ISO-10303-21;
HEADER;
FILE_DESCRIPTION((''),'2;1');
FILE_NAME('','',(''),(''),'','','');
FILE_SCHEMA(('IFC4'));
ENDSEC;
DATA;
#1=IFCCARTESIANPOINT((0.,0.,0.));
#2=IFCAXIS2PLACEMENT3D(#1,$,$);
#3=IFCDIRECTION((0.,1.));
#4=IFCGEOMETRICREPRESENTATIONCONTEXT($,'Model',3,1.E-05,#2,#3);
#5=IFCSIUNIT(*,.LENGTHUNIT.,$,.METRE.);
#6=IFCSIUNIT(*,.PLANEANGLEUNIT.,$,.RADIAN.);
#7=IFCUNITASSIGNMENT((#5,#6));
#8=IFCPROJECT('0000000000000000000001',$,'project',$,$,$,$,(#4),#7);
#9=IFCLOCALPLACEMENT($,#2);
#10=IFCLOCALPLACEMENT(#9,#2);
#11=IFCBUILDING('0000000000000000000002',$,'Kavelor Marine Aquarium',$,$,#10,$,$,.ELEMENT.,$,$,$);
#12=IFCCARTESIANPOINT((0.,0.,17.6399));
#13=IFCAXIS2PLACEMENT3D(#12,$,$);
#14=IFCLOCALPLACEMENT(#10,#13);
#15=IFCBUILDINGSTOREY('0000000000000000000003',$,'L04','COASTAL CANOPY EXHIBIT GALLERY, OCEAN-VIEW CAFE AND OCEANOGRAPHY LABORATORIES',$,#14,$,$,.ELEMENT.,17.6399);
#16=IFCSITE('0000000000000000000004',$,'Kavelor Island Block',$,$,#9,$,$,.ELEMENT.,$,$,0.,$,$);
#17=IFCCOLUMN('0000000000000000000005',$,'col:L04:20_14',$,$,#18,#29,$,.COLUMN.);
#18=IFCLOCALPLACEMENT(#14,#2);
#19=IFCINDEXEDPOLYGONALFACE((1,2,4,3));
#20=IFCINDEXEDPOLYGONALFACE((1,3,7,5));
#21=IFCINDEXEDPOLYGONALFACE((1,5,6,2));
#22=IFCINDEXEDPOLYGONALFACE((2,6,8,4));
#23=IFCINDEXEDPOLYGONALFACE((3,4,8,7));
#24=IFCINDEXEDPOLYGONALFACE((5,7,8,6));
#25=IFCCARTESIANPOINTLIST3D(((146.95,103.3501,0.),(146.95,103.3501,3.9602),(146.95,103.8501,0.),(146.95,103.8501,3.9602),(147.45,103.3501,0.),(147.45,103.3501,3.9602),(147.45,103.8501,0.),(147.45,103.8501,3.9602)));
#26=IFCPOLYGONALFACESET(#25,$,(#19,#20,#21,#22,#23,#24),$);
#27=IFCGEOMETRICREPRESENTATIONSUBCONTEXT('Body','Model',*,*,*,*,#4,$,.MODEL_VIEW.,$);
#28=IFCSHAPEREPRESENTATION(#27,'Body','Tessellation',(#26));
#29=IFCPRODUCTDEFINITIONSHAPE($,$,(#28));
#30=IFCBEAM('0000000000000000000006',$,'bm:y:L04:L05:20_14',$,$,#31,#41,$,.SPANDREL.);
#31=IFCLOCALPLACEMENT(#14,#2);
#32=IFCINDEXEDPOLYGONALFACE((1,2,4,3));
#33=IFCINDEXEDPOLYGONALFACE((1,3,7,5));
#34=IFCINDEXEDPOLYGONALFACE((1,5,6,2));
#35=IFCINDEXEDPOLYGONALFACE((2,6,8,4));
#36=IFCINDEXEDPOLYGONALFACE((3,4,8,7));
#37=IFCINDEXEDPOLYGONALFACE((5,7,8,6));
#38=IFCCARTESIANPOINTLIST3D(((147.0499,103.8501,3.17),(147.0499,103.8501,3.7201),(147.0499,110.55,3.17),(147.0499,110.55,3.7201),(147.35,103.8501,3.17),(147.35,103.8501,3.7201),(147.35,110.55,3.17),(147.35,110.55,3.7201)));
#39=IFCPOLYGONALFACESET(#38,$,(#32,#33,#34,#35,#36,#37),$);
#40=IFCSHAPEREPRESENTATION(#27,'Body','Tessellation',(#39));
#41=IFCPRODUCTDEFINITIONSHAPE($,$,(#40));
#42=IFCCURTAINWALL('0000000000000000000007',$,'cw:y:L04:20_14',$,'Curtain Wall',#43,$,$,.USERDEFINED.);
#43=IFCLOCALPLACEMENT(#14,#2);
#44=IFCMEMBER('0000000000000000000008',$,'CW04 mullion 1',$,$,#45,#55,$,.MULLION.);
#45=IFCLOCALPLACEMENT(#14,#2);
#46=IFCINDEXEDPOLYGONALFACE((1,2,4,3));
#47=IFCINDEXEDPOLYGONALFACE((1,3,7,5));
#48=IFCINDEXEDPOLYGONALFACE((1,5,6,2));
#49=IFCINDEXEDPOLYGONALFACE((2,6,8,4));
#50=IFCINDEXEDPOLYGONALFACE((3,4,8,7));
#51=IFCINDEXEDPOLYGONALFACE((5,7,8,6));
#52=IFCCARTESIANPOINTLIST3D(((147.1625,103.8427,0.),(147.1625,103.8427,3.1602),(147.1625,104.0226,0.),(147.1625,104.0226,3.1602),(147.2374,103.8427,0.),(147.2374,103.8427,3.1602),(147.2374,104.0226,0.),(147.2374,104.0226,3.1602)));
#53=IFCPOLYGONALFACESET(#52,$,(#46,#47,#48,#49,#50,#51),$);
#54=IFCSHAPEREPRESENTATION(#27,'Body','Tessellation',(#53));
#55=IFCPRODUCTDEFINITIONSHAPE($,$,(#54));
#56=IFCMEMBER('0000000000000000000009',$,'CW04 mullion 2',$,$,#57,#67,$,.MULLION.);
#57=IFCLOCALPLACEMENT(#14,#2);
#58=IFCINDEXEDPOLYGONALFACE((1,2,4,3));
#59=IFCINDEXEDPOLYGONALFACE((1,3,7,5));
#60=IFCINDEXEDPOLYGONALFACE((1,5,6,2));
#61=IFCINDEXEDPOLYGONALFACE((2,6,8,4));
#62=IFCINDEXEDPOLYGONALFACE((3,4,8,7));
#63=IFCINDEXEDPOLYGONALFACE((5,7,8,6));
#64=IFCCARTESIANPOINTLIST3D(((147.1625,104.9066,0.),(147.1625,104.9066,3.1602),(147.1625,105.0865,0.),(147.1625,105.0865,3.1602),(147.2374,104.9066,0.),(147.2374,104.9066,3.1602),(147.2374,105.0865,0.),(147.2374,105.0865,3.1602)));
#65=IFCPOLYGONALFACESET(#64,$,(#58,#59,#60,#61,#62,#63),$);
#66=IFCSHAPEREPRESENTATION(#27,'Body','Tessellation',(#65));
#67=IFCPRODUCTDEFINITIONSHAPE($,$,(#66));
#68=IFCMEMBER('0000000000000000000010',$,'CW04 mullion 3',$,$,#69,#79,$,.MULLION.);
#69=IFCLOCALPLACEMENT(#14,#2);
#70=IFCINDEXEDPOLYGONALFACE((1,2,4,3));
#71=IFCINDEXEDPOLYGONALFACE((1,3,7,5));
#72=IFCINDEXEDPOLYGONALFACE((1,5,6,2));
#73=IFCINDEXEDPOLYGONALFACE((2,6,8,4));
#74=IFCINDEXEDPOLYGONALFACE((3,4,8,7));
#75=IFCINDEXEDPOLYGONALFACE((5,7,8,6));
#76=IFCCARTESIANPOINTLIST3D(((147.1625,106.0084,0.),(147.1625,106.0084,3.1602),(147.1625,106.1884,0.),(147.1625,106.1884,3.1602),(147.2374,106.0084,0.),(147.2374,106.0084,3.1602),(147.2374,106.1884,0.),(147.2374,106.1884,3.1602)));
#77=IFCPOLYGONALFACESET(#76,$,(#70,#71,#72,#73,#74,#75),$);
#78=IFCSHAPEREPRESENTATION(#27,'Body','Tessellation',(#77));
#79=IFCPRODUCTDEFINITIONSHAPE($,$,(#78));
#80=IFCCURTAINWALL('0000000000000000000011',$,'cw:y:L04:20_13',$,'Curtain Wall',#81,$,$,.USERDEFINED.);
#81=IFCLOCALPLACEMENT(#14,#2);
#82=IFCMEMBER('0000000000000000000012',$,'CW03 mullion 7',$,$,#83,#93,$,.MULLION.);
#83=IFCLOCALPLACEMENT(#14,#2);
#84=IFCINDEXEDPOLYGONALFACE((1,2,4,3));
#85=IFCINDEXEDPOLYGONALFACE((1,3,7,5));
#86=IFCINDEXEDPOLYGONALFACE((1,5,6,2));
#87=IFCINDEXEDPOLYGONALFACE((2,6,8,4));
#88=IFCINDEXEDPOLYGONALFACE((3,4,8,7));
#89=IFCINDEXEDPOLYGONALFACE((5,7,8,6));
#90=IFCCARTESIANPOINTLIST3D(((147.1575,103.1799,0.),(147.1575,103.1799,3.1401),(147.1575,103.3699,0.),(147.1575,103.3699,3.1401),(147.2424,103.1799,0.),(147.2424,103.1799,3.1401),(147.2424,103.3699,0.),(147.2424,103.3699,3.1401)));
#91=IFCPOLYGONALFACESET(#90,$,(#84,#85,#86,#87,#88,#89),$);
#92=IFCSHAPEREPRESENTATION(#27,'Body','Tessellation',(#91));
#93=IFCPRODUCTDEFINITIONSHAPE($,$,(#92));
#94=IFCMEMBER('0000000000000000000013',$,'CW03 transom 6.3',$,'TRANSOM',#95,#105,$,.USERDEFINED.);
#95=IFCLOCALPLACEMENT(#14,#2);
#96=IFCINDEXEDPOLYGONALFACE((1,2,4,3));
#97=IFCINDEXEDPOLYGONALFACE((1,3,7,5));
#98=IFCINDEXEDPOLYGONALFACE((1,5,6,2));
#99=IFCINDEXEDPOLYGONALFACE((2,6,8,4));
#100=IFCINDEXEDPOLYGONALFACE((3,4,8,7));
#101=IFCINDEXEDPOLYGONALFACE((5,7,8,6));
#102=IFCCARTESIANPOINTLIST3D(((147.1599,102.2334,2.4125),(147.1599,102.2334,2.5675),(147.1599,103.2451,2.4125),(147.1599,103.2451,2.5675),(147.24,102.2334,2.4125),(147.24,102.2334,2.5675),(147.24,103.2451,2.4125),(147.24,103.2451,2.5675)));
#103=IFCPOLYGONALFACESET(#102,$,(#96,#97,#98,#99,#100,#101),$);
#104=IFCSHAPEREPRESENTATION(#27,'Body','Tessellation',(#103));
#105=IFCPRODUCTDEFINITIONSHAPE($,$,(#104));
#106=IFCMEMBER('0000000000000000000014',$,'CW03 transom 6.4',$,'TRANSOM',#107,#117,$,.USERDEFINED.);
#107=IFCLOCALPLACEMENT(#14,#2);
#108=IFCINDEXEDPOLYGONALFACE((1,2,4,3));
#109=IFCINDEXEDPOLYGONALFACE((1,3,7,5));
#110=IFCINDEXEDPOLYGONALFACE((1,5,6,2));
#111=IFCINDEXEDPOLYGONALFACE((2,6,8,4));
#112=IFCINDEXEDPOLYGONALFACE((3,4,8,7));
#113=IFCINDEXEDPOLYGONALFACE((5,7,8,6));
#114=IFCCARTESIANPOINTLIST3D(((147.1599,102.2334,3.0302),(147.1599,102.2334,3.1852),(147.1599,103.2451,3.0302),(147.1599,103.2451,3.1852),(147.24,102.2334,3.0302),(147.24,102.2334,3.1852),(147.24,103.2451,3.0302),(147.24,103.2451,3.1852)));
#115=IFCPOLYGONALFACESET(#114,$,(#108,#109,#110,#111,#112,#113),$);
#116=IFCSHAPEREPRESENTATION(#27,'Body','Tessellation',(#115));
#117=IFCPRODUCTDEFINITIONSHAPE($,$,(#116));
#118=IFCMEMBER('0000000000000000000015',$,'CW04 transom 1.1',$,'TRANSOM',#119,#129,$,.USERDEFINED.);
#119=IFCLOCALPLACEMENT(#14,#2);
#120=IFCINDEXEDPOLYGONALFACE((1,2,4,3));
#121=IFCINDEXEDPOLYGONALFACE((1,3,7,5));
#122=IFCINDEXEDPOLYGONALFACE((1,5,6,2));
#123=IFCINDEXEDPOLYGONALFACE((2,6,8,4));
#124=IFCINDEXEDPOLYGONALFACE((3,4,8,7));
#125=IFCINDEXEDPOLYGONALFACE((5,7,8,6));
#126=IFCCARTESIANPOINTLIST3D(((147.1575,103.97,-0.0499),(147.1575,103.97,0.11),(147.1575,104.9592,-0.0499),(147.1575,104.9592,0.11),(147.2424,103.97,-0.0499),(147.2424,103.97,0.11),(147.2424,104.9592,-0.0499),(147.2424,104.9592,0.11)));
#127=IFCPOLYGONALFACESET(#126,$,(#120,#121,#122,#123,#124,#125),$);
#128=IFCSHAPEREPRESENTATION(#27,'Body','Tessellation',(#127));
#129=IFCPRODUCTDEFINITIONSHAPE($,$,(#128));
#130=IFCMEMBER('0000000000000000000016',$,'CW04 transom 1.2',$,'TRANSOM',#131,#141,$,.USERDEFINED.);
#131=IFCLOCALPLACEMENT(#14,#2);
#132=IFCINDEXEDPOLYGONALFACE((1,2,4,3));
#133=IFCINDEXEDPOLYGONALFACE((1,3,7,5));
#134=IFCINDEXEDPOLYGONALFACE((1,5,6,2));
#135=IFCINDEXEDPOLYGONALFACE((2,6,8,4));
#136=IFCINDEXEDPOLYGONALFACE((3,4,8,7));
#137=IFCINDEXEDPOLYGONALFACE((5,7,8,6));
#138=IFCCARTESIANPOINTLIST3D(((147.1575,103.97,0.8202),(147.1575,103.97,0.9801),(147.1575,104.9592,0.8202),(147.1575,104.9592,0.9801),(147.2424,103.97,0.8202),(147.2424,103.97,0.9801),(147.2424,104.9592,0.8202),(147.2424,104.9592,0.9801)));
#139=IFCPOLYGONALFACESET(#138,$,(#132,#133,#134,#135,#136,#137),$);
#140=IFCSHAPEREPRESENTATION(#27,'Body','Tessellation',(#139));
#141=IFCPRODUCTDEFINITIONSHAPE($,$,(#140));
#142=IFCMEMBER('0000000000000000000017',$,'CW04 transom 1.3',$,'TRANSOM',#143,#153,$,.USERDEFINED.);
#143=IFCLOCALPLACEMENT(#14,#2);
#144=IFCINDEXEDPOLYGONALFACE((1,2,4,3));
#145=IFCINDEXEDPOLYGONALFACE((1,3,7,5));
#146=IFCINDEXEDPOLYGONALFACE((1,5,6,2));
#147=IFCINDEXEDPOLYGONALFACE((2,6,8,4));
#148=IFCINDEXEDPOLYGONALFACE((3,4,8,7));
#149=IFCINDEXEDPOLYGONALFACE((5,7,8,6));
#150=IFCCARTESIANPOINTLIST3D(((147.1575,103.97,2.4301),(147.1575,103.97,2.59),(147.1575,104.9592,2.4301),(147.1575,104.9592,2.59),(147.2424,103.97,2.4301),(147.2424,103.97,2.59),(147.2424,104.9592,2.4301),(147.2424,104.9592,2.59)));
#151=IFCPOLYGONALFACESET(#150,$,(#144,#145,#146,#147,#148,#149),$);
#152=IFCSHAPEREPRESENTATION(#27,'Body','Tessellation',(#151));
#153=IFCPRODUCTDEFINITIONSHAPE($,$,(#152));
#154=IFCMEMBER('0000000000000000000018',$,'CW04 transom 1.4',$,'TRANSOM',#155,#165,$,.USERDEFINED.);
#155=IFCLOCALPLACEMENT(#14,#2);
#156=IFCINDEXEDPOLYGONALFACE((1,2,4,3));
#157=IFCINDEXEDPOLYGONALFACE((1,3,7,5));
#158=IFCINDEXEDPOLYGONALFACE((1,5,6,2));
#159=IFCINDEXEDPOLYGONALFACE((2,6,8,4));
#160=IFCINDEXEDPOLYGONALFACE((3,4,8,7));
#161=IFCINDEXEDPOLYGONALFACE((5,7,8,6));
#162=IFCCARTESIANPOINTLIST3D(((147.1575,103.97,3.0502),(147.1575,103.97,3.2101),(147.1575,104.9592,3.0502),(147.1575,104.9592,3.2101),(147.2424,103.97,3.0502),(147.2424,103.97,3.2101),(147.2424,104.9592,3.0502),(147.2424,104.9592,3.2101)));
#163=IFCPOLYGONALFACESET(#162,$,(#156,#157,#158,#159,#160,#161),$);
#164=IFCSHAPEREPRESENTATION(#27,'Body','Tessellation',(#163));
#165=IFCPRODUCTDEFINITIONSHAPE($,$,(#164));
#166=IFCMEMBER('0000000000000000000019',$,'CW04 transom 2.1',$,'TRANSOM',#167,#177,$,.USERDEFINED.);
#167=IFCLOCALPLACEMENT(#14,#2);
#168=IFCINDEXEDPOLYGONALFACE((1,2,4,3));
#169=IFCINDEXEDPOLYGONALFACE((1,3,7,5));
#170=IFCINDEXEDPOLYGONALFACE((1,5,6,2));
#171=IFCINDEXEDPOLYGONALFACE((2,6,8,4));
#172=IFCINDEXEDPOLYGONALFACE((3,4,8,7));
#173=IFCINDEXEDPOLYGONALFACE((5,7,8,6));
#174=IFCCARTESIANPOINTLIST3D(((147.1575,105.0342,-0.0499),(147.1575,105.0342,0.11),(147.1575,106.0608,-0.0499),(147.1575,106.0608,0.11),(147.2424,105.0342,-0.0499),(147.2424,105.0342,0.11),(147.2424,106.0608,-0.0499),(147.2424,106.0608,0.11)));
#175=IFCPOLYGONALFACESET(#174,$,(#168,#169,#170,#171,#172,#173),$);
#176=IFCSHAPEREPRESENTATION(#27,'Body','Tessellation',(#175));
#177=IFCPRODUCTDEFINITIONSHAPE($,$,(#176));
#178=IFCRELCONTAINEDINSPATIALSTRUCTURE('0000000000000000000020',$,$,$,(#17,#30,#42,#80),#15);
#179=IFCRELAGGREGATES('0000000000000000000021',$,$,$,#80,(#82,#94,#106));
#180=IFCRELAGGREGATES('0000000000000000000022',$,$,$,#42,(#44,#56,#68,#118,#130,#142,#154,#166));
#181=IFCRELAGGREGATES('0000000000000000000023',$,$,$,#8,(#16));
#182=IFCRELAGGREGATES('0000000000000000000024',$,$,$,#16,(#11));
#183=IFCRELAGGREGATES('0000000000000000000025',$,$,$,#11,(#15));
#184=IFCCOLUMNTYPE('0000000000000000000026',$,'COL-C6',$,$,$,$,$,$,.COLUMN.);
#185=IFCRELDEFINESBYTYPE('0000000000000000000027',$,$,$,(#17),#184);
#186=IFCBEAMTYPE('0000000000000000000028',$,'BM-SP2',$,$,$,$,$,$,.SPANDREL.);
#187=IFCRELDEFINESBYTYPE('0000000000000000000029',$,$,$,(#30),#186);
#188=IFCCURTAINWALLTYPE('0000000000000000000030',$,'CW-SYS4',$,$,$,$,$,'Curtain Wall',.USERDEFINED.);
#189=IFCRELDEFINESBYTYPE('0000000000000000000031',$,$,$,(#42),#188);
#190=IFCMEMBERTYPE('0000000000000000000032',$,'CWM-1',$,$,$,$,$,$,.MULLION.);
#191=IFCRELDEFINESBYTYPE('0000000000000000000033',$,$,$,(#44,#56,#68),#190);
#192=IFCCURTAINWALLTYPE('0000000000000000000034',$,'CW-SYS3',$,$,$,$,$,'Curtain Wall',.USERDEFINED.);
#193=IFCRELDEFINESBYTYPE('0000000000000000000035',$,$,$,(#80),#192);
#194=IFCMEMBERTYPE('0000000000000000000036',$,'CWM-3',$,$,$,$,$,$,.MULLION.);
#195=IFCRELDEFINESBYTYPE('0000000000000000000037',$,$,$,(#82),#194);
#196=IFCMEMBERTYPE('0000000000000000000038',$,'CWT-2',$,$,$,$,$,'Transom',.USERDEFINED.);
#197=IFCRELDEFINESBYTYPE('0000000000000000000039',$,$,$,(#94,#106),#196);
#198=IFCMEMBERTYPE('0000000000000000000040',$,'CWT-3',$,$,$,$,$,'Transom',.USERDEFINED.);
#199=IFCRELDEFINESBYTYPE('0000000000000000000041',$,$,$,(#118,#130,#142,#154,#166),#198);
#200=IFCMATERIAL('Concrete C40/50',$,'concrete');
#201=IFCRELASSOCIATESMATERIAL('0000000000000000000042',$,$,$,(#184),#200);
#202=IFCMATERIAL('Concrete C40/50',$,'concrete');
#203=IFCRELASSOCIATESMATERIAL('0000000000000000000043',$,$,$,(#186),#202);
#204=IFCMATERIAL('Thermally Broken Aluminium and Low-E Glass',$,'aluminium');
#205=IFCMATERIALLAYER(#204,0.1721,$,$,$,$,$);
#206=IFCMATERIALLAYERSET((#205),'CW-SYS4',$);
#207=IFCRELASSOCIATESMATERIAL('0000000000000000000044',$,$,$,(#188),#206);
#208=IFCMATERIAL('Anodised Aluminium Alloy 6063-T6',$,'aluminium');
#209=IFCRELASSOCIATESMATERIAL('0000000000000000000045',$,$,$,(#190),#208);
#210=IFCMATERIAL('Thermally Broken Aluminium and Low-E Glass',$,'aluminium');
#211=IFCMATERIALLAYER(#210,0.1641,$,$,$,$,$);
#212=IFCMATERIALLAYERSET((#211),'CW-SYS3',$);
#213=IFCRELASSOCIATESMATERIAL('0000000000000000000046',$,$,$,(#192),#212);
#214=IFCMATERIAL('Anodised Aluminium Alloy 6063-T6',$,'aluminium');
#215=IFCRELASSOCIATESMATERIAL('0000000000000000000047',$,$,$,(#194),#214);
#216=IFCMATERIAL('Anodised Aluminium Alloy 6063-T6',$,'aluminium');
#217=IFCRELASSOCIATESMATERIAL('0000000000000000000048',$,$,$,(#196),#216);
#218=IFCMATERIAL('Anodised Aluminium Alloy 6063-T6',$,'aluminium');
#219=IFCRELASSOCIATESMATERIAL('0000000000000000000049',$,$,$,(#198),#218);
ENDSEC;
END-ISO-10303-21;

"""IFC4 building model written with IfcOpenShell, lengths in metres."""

from ifc_helpers import new_model, si_unit, direction, frame, origin, origin_2d, place, context, subcontext, project, spatial, rectangle, extrude, material, layer, layer_set, material_profile, profile_set, type_object, element, aggregate, save


model = new_model("IFC4")

# Units and contexts
model_context = context("Model", 3, precision=1e-05, world=origin(), true_north=direction((0.0, 1.0)))
body_context = subcontext(model_context, "Body", "Model", "MODEL_VIEW")
ifc_project = project(units=[si_unit("LENGTHUNIT", "METRE"), si_unit("PLANEANGLEUNIT", "RADIAN")], contexts=[model_context])

# Site, building, storey
site_placement = place(None, origin())
site = spatial("IfcSite", under=ifc_project, at=site_placement, Name="Kavelor Island Block", CompositionType="ELEMENT", RefElevation=0.0)
building_placement = place(site_placement, origin())
building = spatial("IfcBuilding", under=site, at=building_placement, Name="Kavelor Marine Aquarium", CompositionType="ELEMENT")
storey_placement = place(building_placement, frame((0.0, 0.0, 17.6399)))
storey = spatial("IfcBuildingStorey", under=building, at=storey_placement, Name="L04", Description="COASTAL CANOPY EXHIBIT GALLERY, OCEAN-VIEW CAFE AND OCEANOGRAPHY LABORATORIES", CompositionType="ELEMENT", Elevation=17.6399)

# Column
ifc_material_1 = material(Name="Concrete C40/50", Category="concrete")
ifc_material_profile_1 = material_profile(ifc_material_1, rectangle(XDim=0.5, YDim=0.5, at=origin_2d()), Name="RC-COL 500x500")
ifc_profile_set_1 = profile_set([ifc_material_profile_1], Name="Concrete C40/50")
column_type = type_object("IfcColumnType", Name="COL-C6", PredefinedType="COLUMN", material=ifc_profile_set_1)
column_placement = place(storey_placement, frame((147.2, 103.6001, 0.0), z_axis=(0.0, 0.0, 1.0), x_axis=(1.0, 0.0, 0.0)))
element("IfcColumn", 1, at=column_placement, inside=storey, type_object=column_type, Name="col:L04:20_14", PredefinedType="COLUMN", context=body_context, shape_type="SweptSolid", body=[
    extrude(rectangle(XDim=0.5, YDim=0.5, at=origin_2d()), origin(), (0.0, 0.0, 1.0), 3.9602),
])

# Beam
ifc_material_2 = material(Name="Concrete C40/50", Category="concrete")
ifc_material_profile_2 = material_profile(ifc_material_2, rectangle(XDim=0.3, YDim=0.55, at=origin_2d()), Name="RC-SP 300x550")
ifc_profile_set_2 = profile_set([ifc_material_profile_2], Name="Concrete C40/50")
beam_type = type_object("IfcBeamType", Name="BM-SP2", PredefinedType="SPANDREL", material=ifc_profile_set_2)
beam_placement = place(storey_placement, frame((147.2, 103.8501, 3.4451), z_axis=(0.0, 1.0, 0.0), x_axis=(-1.0, 0.0, 0.0)))
element("IfcBeam", 2, at=beam_placement, inside=storey, type_object=beam_type, Name="bm:y:L04:L05:20_14", PredefinedType="SPANDREL", context=body_context, shape_type="SweptSolid", body=[
    extrude(rectangle(XDim=0.3, YDim=0.55, at=origin_2d()), origin(), (0.0, 0.0, 1.0), 6.7),
])

# Curtain walls, members
ifc_material_3 = material(Name="Thermally Broken Aluminium and Low-E Glass", Category="aluminium")
ifc_layer_1 = layer(ifc_material_3, 0.1721)
ifc_layer_set_1 = layer_set([ifc_layer_1], Name="CW-SYS4")
curtain_wall_type_1 = type_object("IfcCurtainWallType", Name="CW-SYS4", ElementType="Curtain Wall", PredefinedType="USERDEFINED", material=ifc_layer_set_1)
curtain_wall_1_placement = place(storey_placement, origin())
curtain_wall_1 = element("IfcCurtainWall", 3, at=curtain_wall_1_placement, inside=storey, type_object=curtain_wall_type_1, Name="cw:y:L04:20_14", ObjectType="Curtain Wall", PredefinedType="USERDEFINED")
ifc_material_4 = material(Name="Anodised Aluminium Alloy 6063-T6", Category="aluminium")
ifc_material_profile_3 = material_profile(ifc_material_4, rectangle(XDim=0.075, YDim=0.1799, at=origin_2d()), Name="CW-MUL 75x180")
ifc_profile_set_3 = profile_set([ifc_material_profile_3], Name="Anodised Aluminium Alloy 6063-T6")
member_type_1 = type_object("IfcMemberType", Name="CWM-1", PredefinedType="MULLION", material=ifc_profile_set_3)
member_1_placement = place(storey_placement, frame((147.2, 103.9326, 0.0), z_axis=(0.0, 0.0, 1.0), x_axis=(-1.0, 0.0, 0.0)))
member_1 = element("IfcMember", 4, at=member_1_placement, type_object=member_type_1, Name="CW04 mullion 1", PredefinedType="MULLION", context=body_context, shape_type="SweptSolid", body=[
    extrude(rectangle(XDim=0.075, YDim=0.1799, at=origin_2d()), origin(), (0.0, 0.0, 1.0), 3.1602),
])
member_2_placement = place(storey_placement, frame((147.2, 104.9966, 0.0), z_axis=(0.0, 0.0, 1.0), x_axis=(-1.0, 0.0, 0.0)))
member_2 = element("IfcMember", 5, at=member_2_placement, type_object=member_type_1, Name="CW04 mullion 2", PredefinedType="MULLION", context=body_context, shape_type="SweptSolid", body=[
    extrude(rectangle(XDim=0.075, YDim=0.1799, at=origin_2d()), origin(), (0.0, 0.0, 1.0), 3.1602),
])
member_3_placement = place(storey_placement, frame((147.2, 106.0984, 0.0), z_axis=(0.0, 0.0, 1.0), x_axis=(-1.0, 0.0, 0.0)))
member_3 = element("IfcMember", 6, at=member_3_placement, type_object=member_type_1, Name="CW04 mullion 3", PredefinedType="MULLION", context=body_context, shape_type="SweptSolid", body=[
    extrude(rectangle(XDim=0.075, YDim=0.1799, at=origin_2d()), origin(), (0.0, 0.0, 1.0), 3.1602),
])
ifc_material_5 = material(Name="Thermally Broken Aluminium and Low-E Glass", Category="aluminium")
ifc_layer_2 = layer(ifc_material_5, 0.1641)
ifc_layer_set_2 = layer_set([ifc_layer_2], Name="CW-SYS3")
curtain_wall_type_2 = type_object("IfcCurtainWallType", Name="CW-SYS3", ElementType="Curtain Wall", PredefinedType="USERDEFINED", material=ifc_layer_set_2)
curtain_wall_2_placement = place(storey_placement, origin())
curtain_wall_2 = element("IfcCurtainWall", 7, at=curtain_wall_2_placement, inside=storey, type_object=curtain_wall_type_2, Name="cw:y:L04:20_13", ObjectType="Curtain Wall", PredefinedType="USERDEFINED")
ifc_material_6 = material(Name="Anodised Aluminium Alloy 6063-T6", Category="aluminium")
ifc_material_profile_4 = material_profile(ifc_material_6, rectangle(XDim=0.085, YDim=0.1899, at=origin_2d()), Name="CW-MUL 85x190")
ifc_profile_set_4 = profile_set([ifc_material_profile_4], Name="Anodised Aluminium Alloy 6063-T6")
member_type_2 = type_object("IfcMemberType", Name="CWM-3", PredefinedType="MULLION", material=ifc_profile_set_4)
member_4_placement = place(storey_placement, frame((147.2, 103.2749, 0.0), z_axis=(0.0, 0.0, 1.0), x_axis=(-1.0, 0.0, 0.0)))
member_4 = element("IfcMember", 8, at=member_4_placement, type_object=member_type_2, Name="CW03 mullion 7", PredefinedType="MULLION", context=body_context, shape_type="SweptSolid", body=[
    extrude(rectangle(XDim=0.085, YDim=0.1899, at=origin_2d()), origin(), (0.0, 0.0, 1.0), 3.1401),
])
ifc_material_7 = material(Name="Anodised Aluminium Alloy 6063-T6", Category="aluminium")
ifc_material_profile_5 = material_profile(ifc_material_7, rectangle(XDim=0.0801, YDim=0.155, at=origin_2d()), Name="CW-TRN 80x155")
ifc_profile_set_5 = profile_set([ifc_material_profile_5], Name="Anodised Aluminium Alloy 6063-T6")
member_type_3 = type_object("IfcMemberType", Name="CWT-2", ElementType="Transom", PredefinedType="USERDEFINED", material=ifc_profile_set_5)
member_5_placement = place(storey_placement, frame((147.2, 102.2334, 2.49), z_axis=(0.0, 1.0, 0.0), x_axis=(-1.0, 0.0, 0.0)))
member_5 = element("IfcMember", 9, at=member_5_placement, type_object=member_type_3, Name="CW03 transom 6.3", ObjectType="TRANSOM", PredefinedType="USERDEFINED", context=body_context, shape_type="SweptSolid", body=[
    extrude(rectangle(XDim=0.0801, YDim=0.155, at=origin_2d()), origin(), (0.0, 0.0, 1.0), 1.0117),
])
member_6_placement = place(storey_placement, frame((147.2, 102.2334, 3.1077), z_axis=(0.0, 1.0, 0.0), x_axis=(-1.0, 0.0, 0.0)))
member_6 = element("IfcMember", 10, at=member_6_placement, type_object=member_type_3, Name="CW03 transom 6.4", ObjectType="TRANSOM", PredefinedType="USERDEFINED", context=body_context, shape_type="SweptSolid", body=[
    extrude(rectangle(XDim=0.0801, YDim=0.155, at=origin_2d()), origin(), (0.0, 0.0, 1.0), 1.0117),
])

# Members
ifc_material_8 = material(Name="Anodised Aluminium Alloy 6063-T6", Category="aluminium")
ifc_material_profile_6 = material_profile(ifc_material_8, rectangle(XDim=0.085, YDim=0.1599, at=origin_2d()), Name="CW-TRN 85x160")
ifc_profile_set_6 = profile_set([ifc_material_profile_6], Name="Anodised Aluminium Alloy 6063-T6")
member_type_4 = type_object("IfcMemberType", Name="CWT-3", ElementType="Transom", PredefinedType="USERDEFINED", material=ifc_profile_set_6)
member_7_placement = place(storey_placement, frame((147.2, 103.97, 0.03), z_axis=(0.0, 1.0, 0.0), x_axis=(-1.0, 0.0, 0.0)))
member_7 = element("IfcMember", 11, at=member_7_placement, type_object=member_type_4, Name="CW04 transom 1.1", ObjectType="TRANSOM", PredefinedType="USERDEFINED", context=body_context, shape_type="SweptSolid", body=[
    extrude(rectangle(XDim=0.085, YDim=0.1599, at=origin_2d()), origin(), (0.0, 0.0, 1.0), 0.9893),
])
member_8_placement = place(storey_placement, frame((147.2, 103.97, 0.9001), z_axis=(0.0, 1.0, 0.0), x_axis=(-1.0, 0.0, 0.0)))
member_8 = element("IfcMember", 12, at=member_8_placement, type_object=member_type_4, Name="CW04 transom 1.2", ObjectType="TRANSOM", PredefinedType="USERDEFINED", context=body_context, shape_type="SweptSolid", body=[
    extrude(rectangle(XDim=0.085, YDim=0.1599, at=origin_2d()), origin(), (0.0, 0.0, 1.0), 0.9893),
])
member_9_placement = place(storey_placement, frame((147.2, 103.97, 2.51), z_axis=(0.0, 1.0, 0.0), x_axis=(-1.0, 0.0, 0.0)))
member_9 = element("IfcMember", 13, at=member_9_placement, type_object=member_type_4, Name="CW04 transom 1.3", ObjectType="TRANSOM", PredefinedType="USERDEFINED", context=body_context, shape_type="SweptSolid", body=[
    extrude(rectangle(XDim=0.085, YDim=0.1599, at=origin_2d()), origin(), (0.0, 0.0, 1.0), 0.9893),
])
member_10_placement = place(storey_placement, frame((147.2, 103.97, 3.1301), z_axis=(0.0, 1.0, 0.0), x_axis=(-1.0, 0.0, 0.0)))
member_10 = element("IfcMember", 14, at=member_10_placement, type_object=member_type_4, Name="CW04 transom 1.4", ObjectType="TRANSOM", PredefinedType="USERDEFINED", context=body_context, shape_type="SweptSolid", body=[
    extrude(rectangle(XDim=0.085, YDim=0.1599, at=origin_2d()), origin(), (0.0, 0.0, 1.0), 0.9893),
])
member_11_placement = place(storey_placement, frame((147.2, 105.0342, 0.03), z_axis=(0.0, 1.0, 0.0), x_axis=(-1.0, 0.0, 0.0)))
member_11 = element("IfcMember", 15, at=member_11_placement, type_object=member_type_4, Name="CW04 transom 2.1", ObjectType="TRANSOM", PredefinedType="USERDEFINED", context=body_context, shape_type="SweptSolid", body=[
    extrude(rectangle(XDim=0.085, YDim=0.1599, at=origin_2d()), origin(), (0.0, 0.0, 1.0), 1.0266),
])

aggregate(curtain_wall_2, [member_4, member_5, member_6])
aggregate(curtain_wall_1, [member_1, member_2, member_3, member_7, member_8, member_9, member_10, member_11])

save(model, "model.ifc")
